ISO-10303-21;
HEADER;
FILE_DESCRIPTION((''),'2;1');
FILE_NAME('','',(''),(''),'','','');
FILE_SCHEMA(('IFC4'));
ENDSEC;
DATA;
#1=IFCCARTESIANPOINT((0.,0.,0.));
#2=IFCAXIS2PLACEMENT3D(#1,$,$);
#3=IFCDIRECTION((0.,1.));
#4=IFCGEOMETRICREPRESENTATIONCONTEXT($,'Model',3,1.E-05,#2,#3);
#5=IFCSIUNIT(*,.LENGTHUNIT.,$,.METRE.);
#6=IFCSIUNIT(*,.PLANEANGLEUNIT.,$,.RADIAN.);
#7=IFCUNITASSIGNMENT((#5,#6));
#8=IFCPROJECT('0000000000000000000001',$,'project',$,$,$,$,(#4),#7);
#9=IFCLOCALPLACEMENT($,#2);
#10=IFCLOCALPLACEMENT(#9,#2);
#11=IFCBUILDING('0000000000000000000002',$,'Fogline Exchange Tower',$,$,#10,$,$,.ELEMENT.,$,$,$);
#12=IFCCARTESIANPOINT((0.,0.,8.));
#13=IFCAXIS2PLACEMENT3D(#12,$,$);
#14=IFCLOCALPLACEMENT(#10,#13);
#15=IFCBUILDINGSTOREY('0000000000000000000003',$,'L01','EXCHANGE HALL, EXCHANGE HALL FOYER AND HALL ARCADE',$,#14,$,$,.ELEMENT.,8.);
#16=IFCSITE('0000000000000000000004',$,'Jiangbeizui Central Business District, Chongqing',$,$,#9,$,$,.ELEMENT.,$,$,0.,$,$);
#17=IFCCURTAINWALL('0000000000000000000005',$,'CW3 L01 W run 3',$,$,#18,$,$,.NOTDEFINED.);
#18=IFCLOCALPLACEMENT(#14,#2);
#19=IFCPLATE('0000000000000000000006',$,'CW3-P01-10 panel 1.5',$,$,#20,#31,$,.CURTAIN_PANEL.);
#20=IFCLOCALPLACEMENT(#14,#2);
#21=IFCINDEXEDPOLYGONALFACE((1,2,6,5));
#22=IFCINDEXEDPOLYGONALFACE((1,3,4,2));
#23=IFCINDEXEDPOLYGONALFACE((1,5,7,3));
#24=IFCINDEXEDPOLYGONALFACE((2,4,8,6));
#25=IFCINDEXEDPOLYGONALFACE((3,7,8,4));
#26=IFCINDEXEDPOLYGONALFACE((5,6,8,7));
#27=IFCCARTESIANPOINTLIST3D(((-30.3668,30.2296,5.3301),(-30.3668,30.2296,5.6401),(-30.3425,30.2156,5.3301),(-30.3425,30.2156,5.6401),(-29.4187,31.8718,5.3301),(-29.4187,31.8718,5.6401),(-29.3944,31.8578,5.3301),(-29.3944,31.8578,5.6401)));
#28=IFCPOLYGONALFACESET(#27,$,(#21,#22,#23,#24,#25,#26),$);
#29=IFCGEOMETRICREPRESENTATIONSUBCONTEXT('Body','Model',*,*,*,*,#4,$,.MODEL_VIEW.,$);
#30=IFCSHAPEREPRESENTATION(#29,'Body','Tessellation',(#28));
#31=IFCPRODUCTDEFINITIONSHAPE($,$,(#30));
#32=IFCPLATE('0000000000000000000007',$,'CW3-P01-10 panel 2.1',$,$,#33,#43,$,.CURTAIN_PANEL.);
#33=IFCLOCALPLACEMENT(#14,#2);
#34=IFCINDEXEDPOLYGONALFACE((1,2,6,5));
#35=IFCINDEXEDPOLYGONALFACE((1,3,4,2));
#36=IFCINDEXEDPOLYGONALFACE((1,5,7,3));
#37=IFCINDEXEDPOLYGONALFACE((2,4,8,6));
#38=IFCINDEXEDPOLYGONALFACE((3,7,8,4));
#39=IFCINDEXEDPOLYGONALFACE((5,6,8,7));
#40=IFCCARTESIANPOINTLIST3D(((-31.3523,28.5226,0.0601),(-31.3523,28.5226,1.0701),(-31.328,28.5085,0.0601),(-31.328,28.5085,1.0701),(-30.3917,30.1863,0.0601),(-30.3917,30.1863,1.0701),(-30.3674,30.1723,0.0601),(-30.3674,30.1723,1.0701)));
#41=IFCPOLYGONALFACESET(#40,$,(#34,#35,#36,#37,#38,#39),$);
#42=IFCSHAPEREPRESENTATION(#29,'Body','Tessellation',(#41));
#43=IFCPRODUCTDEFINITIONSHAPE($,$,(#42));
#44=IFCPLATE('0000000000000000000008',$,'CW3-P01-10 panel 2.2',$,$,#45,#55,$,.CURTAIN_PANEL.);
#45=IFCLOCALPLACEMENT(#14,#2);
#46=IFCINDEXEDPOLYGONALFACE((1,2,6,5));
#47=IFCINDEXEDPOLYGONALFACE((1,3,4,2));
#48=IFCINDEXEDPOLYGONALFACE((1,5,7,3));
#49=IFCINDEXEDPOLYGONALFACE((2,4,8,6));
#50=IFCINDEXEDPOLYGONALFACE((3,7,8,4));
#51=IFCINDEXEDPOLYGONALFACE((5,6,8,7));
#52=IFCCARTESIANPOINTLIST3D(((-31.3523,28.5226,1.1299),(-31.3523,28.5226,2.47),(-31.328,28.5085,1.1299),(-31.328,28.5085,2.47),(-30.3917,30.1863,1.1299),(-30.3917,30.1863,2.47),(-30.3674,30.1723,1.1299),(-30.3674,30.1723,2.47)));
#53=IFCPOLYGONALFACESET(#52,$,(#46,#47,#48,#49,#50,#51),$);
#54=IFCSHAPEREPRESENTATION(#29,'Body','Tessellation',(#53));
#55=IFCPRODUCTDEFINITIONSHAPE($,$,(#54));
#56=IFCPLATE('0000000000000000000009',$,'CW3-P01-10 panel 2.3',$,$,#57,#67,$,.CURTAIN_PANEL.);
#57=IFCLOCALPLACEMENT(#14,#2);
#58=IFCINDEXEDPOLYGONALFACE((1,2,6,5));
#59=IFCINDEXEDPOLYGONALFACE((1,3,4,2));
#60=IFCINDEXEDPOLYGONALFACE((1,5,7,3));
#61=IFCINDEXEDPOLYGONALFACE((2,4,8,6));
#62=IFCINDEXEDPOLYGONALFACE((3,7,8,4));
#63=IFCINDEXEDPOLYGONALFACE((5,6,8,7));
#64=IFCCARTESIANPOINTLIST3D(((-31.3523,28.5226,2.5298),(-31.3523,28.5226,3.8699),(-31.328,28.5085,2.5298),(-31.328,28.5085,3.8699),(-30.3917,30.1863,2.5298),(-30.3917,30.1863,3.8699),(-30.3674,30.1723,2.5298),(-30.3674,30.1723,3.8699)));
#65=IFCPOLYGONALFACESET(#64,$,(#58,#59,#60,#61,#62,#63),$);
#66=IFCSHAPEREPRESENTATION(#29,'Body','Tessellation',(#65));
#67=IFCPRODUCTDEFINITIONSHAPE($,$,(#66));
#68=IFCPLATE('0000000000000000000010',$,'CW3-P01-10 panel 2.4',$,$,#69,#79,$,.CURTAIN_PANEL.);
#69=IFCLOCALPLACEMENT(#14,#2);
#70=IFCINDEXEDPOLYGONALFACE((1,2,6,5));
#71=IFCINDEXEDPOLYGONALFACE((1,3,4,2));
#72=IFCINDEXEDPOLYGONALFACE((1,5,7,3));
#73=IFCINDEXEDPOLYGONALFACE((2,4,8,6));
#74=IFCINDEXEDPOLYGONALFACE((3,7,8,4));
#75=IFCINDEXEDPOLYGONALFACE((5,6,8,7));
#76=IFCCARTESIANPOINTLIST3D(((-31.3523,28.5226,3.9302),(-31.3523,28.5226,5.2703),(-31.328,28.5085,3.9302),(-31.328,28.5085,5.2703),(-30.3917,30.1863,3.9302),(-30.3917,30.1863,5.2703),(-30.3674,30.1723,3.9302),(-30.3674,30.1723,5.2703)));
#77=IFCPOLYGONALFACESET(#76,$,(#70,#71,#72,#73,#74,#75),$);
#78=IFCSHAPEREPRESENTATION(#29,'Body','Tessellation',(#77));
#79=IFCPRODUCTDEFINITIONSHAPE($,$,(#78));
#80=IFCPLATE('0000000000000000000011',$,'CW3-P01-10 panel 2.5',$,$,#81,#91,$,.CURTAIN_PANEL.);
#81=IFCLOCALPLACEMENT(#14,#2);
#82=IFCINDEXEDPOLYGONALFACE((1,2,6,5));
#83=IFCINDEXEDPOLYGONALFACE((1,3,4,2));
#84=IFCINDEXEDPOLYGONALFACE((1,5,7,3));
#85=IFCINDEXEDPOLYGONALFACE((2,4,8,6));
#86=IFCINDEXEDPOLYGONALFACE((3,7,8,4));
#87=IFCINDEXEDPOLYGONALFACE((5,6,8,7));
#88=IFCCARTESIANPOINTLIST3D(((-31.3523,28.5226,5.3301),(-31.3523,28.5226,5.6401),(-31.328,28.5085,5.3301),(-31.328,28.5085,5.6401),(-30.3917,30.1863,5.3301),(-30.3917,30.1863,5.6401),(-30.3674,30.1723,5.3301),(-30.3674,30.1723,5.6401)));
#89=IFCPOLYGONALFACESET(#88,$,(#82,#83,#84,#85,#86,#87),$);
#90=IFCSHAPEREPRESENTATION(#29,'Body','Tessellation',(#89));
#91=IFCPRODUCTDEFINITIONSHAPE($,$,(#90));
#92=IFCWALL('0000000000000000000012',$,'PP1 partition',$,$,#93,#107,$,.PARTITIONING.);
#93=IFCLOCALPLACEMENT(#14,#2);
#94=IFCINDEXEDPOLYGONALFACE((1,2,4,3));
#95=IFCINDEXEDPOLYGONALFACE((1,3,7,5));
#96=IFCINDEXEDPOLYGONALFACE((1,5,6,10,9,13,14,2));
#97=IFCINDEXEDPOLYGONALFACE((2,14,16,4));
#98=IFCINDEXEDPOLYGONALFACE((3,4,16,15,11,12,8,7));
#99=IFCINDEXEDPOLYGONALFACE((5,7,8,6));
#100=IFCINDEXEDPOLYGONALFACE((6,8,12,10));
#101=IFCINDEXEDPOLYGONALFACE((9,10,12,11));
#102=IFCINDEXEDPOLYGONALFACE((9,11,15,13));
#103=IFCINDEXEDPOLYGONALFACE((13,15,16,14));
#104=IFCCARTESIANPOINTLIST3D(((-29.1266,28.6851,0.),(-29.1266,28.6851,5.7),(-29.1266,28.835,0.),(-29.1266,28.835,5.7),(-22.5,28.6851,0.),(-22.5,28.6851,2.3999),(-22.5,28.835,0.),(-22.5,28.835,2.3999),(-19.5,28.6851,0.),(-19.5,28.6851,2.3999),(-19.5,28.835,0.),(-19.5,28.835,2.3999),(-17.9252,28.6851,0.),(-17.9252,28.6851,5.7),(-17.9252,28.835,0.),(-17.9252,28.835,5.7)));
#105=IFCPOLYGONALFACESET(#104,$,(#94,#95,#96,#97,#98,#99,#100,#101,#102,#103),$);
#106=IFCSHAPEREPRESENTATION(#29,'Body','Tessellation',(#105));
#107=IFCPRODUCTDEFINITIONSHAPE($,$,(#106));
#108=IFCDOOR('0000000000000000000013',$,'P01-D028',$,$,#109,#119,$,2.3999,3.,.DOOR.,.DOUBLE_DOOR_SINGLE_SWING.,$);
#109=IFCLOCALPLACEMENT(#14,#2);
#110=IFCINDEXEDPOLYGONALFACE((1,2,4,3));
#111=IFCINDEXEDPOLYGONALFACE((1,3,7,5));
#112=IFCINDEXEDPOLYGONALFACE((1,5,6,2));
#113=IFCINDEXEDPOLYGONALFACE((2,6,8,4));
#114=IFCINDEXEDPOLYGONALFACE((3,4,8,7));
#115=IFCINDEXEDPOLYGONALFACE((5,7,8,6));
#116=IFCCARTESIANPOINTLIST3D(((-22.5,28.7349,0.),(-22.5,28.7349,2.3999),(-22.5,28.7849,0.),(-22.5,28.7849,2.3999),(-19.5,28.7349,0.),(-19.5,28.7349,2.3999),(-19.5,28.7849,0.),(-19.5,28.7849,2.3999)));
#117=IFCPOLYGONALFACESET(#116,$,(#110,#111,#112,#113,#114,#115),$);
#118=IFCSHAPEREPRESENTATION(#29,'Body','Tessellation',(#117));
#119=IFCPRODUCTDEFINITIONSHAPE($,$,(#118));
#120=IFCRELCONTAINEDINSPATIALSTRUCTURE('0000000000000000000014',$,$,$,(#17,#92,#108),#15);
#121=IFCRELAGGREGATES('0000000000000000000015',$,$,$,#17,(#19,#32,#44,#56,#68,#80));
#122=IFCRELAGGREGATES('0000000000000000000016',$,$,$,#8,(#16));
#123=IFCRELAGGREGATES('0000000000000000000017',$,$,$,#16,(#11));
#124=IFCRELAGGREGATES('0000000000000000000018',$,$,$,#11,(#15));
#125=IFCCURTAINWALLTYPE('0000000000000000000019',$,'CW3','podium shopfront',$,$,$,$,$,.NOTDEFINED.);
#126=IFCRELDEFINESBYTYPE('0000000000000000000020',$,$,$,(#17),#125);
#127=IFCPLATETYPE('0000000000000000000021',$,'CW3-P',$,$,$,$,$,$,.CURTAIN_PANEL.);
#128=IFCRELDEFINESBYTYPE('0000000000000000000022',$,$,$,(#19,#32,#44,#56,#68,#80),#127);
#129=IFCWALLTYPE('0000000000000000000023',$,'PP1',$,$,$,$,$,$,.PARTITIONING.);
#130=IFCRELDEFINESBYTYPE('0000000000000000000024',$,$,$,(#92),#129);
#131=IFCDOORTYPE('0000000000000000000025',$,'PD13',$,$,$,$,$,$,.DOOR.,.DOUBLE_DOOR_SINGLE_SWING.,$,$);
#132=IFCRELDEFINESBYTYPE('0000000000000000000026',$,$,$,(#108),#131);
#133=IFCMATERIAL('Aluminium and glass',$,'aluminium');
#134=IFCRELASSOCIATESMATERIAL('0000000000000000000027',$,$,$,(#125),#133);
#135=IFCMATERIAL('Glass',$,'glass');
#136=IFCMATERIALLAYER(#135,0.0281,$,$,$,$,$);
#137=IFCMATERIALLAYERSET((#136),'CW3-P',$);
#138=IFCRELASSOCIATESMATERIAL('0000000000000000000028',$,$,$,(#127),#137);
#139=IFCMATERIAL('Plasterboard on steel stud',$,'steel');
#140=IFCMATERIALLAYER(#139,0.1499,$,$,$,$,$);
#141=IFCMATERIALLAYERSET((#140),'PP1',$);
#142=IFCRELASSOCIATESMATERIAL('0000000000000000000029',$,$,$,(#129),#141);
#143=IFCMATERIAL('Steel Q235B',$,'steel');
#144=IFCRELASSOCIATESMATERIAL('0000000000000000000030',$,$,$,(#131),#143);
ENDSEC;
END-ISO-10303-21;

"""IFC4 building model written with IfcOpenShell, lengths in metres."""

from ifc_helpers import new_model, si_unit, direction, frame, frame_2d, origin, origin_2d, place, context, subcontext, project, spatial, rectangle, extrude, material, layer, layer_set, type_object, element, fill, aggregate, save


model = new_model("IFC4")

# Units and contexts
model_context = context("Model", 3, precision=1e-05, world=origin(), true_north=direction((0.0, 1.0)))
body_context = subcontext(model_context, "Body", "Model", "MODEL_VIEW")
ifc_project = project(units=[si_unit("LENGTHUNIT", "METRE"), si_unit("PLANEANGLEUNIT", "RADIAN")], contexts=[model_context])

# Site, building, storey
site_placement = place(None, origin())
site = spatial("IfcSite", under=ifc_project, at=site_placement, Name="Jiangbeizui Central Business District, Chongqing", CompositionType="ELEMENT", RefElevation=0.0)
building_placement = place(site_placement, origin())
building = spatial("IfcBuilding", under=site, at=building_placement, Name="Fogline Exchange Tower", CompositionType="ELEMENT")
storey_placement = place(building_placement, frame((0.0, 0.0, 8.0)))
storey = spatial("IfcBuildingStorey", under=building, at=storey_placement, Name="L01", Description="EXCHANGE HALL, EXCHANGE HALL FOYER AND HALL ARCADE", CompositionType="ELEMENT", Elevation=8.0)

# Curtain wall, plates
ifc_material_1 = material(Name="Aluminium and glass", Category="aluminium")
curtain_wall_type = type_object("IfcCurtainWallType", Name="CW3", Description="podium shopfront", PredefinedType="NOTDEFINED", material=ifc_material_1)
curtain_wall_placement = place(storey_placement, origin())
curtain_wall = element("IfcCurtainWall", 1, at=curtain_wall_placement, inside=storey, type_object=curtain_wall_type, Name="CW3 L01 W run 3", PredefinedType="NOTDEFINED")
ifc_material_2 = material(Name="Glass", Category="glass")
ifc_layer_1 = layer(ifc_material_2, 0.0281)
ifc_layer_set_1 = layer_set([ifc_layer_1], Name="CW3-P")
plate_type = type_object("IfcPlateType", Name="CW3-P", PredefinedType="CURTAIN_PANEL", material=ifc_layer_set_1)
plate_1_placement = place(storey_placement, frame((-29.8806, 31.0437, 5.3301), z_axis=(0.0, 0.0, 1.0), x_axis=(-0.5, -0.866025, 0.0)))
plate_1 = element("IfcPlate", 2, at=plate_1_placement, type_object=plate_type, Name="CW3-P01-10 panel 1.5", PredefinedType="CURTAIN_PANEL", context=body_context, shape_type="SweptSolid", body=[
    extrude(rectangle(XDim=1.8962, YDim=0.0281, at=origin_2d()), origin(), (0.0, 0.0, 1.0), 0.3101),
])
plate_2_placement = place(storey_placement, frame((-30.8599, 29.3474, 0.0601), z_axis=(0.0, 0.0, 1.0), x_axis=(-0.5, -0.866025, 0.0)))
plate_2 = element("IfcPlate", 3, at=plate_2_placement, type_object=plate_type, Name="CW3-P01-10 panel 2.1", PredefinedType="CURTAIN_PANEL", context=body_context, shape_type="SweptSolid", body=[
    extrude(rectangle(XDim=1.9211, YDim=0.0281, at=origin_2d()), origin(), (0.0, 0.0, 1.0), 1.01),
])
plate_3_placement = place(storey_placement, frame((-30.8599, 29.3474, 1.1299), z_axis=(0.0, 0.0, 1.0), x_axis=(-0.5, -0.866025, 0.0)))
plate_3 = element("IfcPlate", 4, at=plate_3_placement, type_object=plate_type, Name="CW3-P01-10 panel 2.2", PredefinedType="CURTAIN_PANEL", context=body_context, shape_type="SweptSolid", body=[
    extrude(rectangle(XDim=1.9211, YDim=0.0281, at=origin_2d()), origin(), (0.0, 0.0, 1.0), 1.3401),
])
plate_4_placement = place(storey_placement, frame((-30.8599, 29.3474, 2.5298), z_axis=(0.0, 0.0, 1.0), x_axis=(-0.5, -0.866025, 0.0)))
plate_4 = element("IfcPlate", 5, at=plate_4_placement, type_object=plate_type, Name="CW3-P01-10 panel 2.3", PredefinedType="CURTAIN_PANEL", context=body_context, shape_type="SweptSolid", body=[
    extrude(rectangle(XDim=1.9211, YDim=0.0281, at=origin_2d()), origin(), (0.0, 0.0, 1.0), 1.3401),
])
plate_5_placement = place(storey_placement, frame((-30.8599, 29.3474, 3.9302), z_axis=(0.0, 0.0, 1.0), x_axis=(-0.5, -0.866025, 0.0)))
plate_5 = element("IfcPlate", 6, at=plate_5_placement, type_object=plate_type, Name="CW3-P01-10 panel 2.4", PredefinedType="CURTAIN_PANEL", context=body_context, shape_type="SweptSolid", body=[
    extrude(rectangle(XDim=1.9211, YDim=0.0281, at=origin_2d()), origin(), (0.0, 0.0, 1.0), 1.3401),
])
plate_6_placement = place(storey_placement, frame((-30.8599, 29.3474, 5.3301), z_axis=(0.0, 0.0, 1.0), x_axis=(-0.5, -0.866025, 0.0)))
plate_6 = element("IfcPlate", 7, at=plate_6_placement, type_object=plate_type, Name="CW3-P01-10 panel 2.5", PredefinedType="CURTAIN_PANEL", context=body_context, shape_type="SweptSolid", body=[
    extrude(rectangle(XDim=1.9211, YDim=0.0281, at=origin_2d()), origin(), (0.0, 0.0, 1.0), 0.3101),
])
aggregate(curtain_wall, [plate_1, plate_2, plate_3, plate_4, plate_5, plate_6])

# Wall, opening, door
ifc_material_3 = material(Name="Plasterboard on steel stud", Category="steel")
ifc_layer_2 = layer(ifc_material_3, 0.1499)
ifc_layer_set_2 = layer_set([ifc_layer_2], Name="PP1")
wall_type = type_object("IfcWallType", Name="PP1", PredefinedType="PARTITIONING", material=ifc_layer_set_2)
wall_placement = place(storey_placement, frame((-29.1265, 28.76, 0.0), z_axis=(0.0, 0.0, 1.0), x_axis=(1.0, 0.0, 0.0)))
wall = element("IfcWall", 8, at=wall_placement, inside=storey, type_object=wall_type, Name="PP1 partition", PredefinedType="PARTITIONING", context=body_context, shape_type="SweptSolid", body=[
    extrude(rectangle(XDim=11.2014, YDim=0.1499, at=frame_2d((5.6006, 0.0))), origin(), (0.0, 0.0, 1.0), 5.7),
])
opening_placement = place(wall_placement, frame((6.6265, 0.0, 0.0)))
opening = element("IfcOpeningElement", 9, at=opening_placement, cuts=wall, PredefinedType="OPENING", context=body_context, shape_type="SweptSolid", body=[
    extrude(rectangle(XDim=3.0, YDim=2.3999, at=frame_2d((1.5, 1.2))), frame((0.0, 0.085, 0.0), z_axis=(0.0, -1.0, 0.0), x_axis=(1.0, 0.0, 0.0)), (0.0, 0.0, 1.0), 0.1699),
])
ifc_material_4 = material(Name="Steel Q235B", Category="steel")
door_type = type_object("IfcDoorType", Name="PD13", OperationType="DOUBLE_DOOR_SINGLE_SWING", PredefinedType="DOOR", material=ifc_material_4)
door_placement = place(opening_placement, origin())
door = element("IfcDoor", 10, at=door_placement, inside=storey, type_object=door_type, Name="P01-D028", OperationType="DOUBLE_DOOR_SINGLE_SWING", OverallHeight=2.3999, OverallWidth=3.0, PredefinedType="DOOR", context=body_context, shape_type="SweptSolid", body=[
    extrude(rectangle(XDim=3.0, YDim=2.3999, at=frame_2d((1.5, 1.2))), frame((0.0, 0.0249, 0.0), z_axis=(0.0, -1.0, 0.0), x_axis=(1.0, 0.0, 0.0)), (0.0, 0.0, 1.0), 0.05),
])
fill(opening, door)

save(model, "model.ifc")
